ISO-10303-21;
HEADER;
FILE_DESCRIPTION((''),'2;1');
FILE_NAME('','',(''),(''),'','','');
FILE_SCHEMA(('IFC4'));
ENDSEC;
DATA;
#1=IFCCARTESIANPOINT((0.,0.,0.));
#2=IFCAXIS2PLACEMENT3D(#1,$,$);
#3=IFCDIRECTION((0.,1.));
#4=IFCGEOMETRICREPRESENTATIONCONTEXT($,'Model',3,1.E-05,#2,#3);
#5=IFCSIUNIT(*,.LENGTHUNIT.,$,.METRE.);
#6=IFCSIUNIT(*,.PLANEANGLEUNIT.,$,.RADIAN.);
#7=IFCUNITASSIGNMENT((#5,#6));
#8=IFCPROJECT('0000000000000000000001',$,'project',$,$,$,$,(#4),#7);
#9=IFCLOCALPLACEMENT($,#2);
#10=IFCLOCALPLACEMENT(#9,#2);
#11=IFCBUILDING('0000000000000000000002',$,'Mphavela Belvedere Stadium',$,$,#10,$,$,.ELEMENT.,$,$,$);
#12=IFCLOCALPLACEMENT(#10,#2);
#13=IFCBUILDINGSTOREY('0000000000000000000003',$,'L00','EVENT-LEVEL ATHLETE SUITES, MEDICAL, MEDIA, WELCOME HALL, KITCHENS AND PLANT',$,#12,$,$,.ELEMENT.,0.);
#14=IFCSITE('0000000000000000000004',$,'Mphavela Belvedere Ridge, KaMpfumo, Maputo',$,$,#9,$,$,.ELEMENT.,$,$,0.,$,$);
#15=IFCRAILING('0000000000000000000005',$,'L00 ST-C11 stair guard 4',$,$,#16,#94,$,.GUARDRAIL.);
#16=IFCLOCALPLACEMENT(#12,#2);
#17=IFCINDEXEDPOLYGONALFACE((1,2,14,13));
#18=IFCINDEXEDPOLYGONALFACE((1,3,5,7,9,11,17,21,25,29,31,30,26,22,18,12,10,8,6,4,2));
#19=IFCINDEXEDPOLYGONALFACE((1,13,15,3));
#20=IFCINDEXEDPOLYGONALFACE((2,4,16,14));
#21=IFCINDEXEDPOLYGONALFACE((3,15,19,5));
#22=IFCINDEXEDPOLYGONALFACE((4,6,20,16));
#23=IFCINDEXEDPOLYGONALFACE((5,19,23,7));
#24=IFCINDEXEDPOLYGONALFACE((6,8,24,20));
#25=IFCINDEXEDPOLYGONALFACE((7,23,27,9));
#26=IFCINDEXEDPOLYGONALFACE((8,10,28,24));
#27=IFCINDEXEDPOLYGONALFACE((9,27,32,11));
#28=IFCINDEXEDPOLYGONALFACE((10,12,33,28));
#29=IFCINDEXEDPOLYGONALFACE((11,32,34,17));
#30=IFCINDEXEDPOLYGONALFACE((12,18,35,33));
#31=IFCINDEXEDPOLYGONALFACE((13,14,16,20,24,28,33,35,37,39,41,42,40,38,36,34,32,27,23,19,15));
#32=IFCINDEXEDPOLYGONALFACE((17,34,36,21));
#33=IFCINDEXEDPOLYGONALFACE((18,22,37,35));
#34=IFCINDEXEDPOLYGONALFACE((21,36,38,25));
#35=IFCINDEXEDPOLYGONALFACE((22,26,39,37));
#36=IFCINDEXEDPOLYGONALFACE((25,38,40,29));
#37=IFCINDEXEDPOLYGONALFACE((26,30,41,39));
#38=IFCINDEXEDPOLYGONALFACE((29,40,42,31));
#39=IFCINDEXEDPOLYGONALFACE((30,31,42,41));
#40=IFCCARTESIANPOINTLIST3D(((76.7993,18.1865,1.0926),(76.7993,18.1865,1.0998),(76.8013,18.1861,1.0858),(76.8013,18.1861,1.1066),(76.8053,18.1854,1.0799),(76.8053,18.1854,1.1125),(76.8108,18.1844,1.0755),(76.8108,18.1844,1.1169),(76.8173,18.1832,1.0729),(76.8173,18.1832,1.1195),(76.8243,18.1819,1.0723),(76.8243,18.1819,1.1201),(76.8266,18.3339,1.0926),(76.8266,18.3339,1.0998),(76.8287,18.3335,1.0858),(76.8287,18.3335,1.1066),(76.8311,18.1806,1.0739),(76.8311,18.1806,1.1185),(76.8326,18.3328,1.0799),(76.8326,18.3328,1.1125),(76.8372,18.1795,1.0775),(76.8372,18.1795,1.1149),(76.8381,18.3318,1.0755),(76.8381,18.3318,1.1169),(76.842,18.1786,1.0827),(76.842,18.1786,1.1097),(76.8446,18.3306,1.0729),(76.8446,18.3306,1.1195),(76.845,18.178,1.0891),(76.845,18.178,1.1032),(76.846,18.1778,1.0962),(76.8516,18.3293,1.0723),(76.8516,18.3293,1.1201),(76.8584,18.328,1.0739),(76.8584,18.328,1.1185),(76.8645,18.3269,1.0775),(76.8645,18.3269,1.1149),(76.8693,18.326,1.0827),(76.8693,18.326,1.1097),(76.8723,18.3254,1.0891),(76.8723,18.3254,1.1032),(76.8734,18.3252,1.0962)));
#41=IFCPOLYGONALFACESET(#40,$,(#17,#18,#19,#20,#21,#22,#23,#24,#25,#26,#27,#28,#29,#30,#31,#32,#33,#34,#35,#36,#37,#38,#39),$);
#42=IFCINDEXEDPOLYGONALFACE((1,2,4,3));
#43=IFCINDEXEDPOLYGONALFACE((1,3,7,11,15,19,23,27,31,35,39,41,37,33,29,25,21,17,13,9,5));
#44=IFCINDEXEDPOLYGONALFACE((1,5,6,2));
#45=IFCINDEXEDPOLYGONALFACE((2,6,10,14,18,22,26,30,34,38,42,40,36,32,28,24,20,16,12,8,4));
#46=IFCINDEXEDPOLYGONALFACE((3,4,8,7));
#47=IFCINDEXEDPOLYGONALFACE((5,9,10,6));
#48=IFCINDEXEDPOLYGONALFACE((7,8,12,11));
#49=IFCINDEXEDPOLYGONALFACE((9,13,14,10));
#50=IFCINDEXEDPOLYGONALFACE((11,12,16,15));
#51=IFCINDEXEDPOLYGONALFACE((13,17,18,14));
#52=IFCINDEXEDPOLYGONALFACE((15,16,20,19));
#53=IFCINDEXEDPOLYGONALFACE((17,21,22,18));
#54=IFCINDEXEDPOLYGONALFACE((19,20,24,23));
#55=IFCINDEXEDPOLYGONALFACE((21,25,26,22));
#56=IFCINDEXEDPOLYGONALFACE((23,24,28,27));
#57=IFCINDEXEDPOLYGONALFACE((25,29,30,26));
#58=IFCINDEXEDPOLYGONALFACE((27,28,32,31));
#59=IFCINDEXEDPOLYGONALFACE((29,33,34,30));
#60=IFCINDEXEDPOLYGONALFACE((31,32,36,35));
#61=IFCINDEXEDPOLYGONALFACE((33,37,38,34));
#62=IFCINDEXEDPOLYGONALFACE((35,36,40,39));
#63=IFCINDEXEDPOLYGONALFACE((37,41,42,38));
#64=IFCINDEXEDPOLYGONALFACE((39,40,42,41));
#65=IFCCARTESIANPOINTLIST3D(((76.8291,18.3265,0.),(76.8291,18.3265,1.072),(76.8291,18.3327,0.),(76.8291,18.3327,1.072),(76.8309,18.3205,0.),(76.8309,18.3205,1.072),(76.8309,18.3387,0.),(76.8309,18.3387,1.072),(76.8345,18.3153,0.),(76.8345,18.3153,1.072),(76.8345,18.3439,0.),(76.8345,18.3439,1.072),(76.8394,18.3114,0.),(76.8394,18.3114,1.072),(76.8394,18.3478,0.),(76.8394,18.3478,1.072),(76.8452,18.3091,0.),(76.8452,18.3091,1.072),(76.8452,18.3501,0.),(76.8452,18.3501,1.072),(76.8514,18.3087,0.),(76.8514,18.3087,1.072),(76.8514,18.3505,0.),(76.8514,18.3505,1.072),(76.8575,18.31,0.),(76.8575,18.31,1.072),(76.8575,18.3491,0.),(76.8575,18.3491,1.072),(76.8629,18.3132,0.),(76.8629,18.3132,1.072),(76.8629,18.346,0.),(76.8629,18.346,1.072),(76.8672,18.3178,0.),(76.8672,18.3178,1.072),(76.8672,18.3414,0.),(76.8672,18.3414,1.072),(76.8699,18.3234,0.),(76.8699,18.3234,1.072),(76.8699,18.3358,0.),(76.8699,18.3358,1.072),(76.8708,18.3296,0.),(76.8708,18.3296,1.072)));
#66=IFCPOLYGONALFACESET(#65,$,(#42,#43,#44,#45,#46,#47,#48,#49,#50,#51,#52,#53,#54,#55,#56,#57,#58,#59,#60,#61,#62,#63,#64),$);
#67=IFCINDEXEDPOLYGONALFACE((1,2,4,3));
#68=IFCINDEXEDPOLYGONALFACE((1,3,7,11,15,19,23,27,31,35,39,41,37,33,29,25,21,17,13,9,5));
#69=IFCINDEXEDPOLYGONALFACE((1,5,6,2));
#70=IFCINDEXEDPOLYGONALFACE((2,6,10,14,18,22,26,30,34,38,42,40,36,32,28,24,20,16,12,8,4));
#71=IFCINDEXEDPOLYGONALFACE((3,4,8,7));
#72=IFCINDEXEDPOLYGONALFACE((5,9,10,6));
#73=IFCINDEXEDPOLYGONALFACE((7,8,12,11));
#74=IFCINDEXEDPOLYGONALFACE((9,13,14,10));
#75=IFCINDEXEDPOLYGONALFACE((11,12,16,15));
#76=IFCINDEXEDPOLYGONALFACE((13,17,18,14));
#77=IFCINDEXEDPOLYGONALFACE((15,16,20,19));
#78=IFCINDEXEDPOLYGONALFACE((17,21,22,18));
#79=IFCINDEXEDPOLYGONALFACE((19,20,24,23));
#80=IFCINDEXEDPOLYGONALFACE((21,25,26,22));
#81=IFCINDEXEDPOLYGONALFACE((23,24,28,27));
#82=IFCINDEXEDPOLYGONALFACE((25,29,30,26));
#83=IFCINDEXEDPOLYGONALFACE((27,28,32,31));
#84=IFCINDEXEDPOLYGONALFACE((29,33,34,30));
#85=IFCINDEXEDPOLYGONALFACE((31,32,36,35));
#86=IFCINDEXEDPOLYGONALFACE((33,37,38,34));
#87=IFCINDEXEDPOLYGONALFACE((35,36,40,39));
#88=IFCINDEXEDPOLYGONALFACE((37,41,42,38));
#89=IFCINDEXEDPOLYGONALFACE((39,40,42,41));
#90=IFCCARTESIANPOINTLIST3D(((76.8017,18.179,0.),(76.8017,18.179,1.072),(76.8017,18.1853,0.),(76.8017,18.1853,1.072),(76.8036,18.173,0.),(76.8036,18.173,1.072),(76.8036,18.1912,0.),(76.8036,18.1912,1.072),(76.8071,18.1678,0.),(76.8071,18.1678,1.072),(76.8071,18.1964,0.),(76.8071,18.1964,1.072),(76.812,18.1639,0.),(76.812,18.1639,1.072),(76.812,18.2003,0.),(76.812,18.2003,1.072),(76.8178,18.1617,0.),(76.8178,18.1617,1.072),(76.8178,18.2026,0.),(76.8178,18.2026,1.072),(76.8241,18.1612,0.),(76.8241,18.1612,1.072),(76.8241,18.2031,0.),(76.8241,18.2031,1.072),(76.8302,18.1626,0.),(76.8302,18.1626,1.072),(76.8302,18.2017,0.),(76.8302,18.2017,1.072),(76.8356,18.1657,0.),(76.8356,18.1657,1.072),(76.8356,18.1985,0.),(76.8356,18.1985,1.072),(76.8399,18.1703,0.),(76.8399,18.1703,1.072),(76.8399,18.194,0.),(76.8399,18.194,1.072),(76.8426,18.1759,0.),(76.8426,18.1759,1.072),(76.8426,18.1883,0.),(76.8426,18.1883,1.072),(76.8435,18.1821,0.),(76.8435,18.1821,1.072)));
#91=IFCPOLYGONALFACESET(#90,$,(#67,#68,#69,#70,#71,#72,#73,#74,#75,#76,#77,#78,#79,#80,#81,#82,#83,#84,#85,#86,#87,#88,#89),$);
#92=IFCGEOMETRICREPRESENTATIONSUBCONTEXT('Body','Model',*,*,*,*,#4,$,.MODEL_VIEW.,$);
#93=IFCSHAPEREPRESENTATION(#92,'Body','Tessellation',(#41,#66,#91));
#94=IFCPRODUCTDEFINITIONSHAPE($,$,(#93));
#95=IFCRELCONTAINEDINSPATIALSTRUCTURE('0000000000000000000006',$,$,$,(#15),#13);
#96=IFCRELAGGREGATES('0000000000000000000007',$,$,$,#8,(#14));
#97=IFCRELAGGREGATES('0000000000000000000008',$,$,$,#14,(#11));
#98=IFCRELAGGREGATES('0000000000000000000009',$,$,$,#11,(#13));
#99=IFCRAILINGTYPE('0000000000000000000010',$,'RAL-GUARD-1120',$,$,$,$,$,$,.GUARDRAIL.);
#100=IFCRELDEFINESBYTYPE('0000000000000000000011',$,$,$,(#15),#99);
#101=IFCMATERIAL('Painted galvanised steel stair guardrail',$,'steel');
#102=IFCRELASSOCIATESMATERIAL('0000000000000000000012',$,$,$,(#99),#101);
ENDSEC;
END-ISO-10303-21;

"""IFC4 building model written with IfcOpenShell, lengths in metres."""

from ifc_helpers import new_model, si_unit, direction, frame, origin, origin_2d, place, context, subcontext, project, spatial, circle, extrude, material, type_object, element, save


model = new_model("IFC4")

# Units and contexts
model_context = context("Model", 3, precision=1e-05, world=origin(), true_north=direction((0.0, 1.0)))
body_context = subcontext(model_context, "Body", "Model", "MODEL_VIEW")
ifc_project = project(units=[si_unit("LENGTHUNIT", "METRE"), si_unit("PLANEANGLEUNIT", "RADIAN")], contexts=[model_context])

# Site, building, storey
site_placement = place(None, origin())
site = spatial("IfcSite", under=ifc_project, at=site_placement, Name="Mphavela Belvedere Ridge, KaMpfumo, Maputo", CompositionType="ELEMENT", RefElevation=0.0)
building_placement = place(site_placement, origin())
building = spatial("IfcBuilding", under=site, at=building_placement, Name="Mphavela Belvedere Stadium", CompositionType="ELEMENT")
storey_placement = place(building_placement, origin())
storey = spatial("IfcBuildingStorey", under=building, at=storey_placement, Name="L00", Description="EVENT-LEVEL ATHLETE SUITES, MEDICAL, MEDIA, WELCOME HALL, KITCHENS AND PLANT", CompositionType="ELEMENT", Elevation=0.0)

# Railing
ifc_material_1 = material(Name="Painted galvanised steel stair guardrail", Category="steel")
railing_type_1 = type_object("IfcRailingType", Name="RAL-GUARD-1120", PredefinedType="GUARDRAIL", material=ifc_material_1)
railing_1_placement = place(storey_placement, frame((76.8499, 18.3296, 0.0)))
element("IfcRailing", 1, at=railing_1_placement, inside=storey, type_object=railing_type_1, Name="L00 ST-C11 stair guard 4", PredefinedType="GUARDRAIL", context=body_context, shape_type="SweptSolid", body=[
    extrude(circle(Radius=0.0239, at=origin_2d()), frame((0.0, 0.0, 1.0962), z_axis=(-0.182322, -0.983239, 0.0), x_axis=(0.983239, -0.182322, 0.0)), (0.0, 0.0, 1.0), 0.1499),
    extrude(circle(Radius=0.021, at=origin_2d()), origin(), (0.0, 0.0, 1.0), 1.072),
    extrude(circle(Radius=0.021, at=origin_2d()), frame((-0.0273, -0.1475, 0.0)), (0.0, 0.0, 1.0), 1.072),
])

save(model, "model.ifc")
